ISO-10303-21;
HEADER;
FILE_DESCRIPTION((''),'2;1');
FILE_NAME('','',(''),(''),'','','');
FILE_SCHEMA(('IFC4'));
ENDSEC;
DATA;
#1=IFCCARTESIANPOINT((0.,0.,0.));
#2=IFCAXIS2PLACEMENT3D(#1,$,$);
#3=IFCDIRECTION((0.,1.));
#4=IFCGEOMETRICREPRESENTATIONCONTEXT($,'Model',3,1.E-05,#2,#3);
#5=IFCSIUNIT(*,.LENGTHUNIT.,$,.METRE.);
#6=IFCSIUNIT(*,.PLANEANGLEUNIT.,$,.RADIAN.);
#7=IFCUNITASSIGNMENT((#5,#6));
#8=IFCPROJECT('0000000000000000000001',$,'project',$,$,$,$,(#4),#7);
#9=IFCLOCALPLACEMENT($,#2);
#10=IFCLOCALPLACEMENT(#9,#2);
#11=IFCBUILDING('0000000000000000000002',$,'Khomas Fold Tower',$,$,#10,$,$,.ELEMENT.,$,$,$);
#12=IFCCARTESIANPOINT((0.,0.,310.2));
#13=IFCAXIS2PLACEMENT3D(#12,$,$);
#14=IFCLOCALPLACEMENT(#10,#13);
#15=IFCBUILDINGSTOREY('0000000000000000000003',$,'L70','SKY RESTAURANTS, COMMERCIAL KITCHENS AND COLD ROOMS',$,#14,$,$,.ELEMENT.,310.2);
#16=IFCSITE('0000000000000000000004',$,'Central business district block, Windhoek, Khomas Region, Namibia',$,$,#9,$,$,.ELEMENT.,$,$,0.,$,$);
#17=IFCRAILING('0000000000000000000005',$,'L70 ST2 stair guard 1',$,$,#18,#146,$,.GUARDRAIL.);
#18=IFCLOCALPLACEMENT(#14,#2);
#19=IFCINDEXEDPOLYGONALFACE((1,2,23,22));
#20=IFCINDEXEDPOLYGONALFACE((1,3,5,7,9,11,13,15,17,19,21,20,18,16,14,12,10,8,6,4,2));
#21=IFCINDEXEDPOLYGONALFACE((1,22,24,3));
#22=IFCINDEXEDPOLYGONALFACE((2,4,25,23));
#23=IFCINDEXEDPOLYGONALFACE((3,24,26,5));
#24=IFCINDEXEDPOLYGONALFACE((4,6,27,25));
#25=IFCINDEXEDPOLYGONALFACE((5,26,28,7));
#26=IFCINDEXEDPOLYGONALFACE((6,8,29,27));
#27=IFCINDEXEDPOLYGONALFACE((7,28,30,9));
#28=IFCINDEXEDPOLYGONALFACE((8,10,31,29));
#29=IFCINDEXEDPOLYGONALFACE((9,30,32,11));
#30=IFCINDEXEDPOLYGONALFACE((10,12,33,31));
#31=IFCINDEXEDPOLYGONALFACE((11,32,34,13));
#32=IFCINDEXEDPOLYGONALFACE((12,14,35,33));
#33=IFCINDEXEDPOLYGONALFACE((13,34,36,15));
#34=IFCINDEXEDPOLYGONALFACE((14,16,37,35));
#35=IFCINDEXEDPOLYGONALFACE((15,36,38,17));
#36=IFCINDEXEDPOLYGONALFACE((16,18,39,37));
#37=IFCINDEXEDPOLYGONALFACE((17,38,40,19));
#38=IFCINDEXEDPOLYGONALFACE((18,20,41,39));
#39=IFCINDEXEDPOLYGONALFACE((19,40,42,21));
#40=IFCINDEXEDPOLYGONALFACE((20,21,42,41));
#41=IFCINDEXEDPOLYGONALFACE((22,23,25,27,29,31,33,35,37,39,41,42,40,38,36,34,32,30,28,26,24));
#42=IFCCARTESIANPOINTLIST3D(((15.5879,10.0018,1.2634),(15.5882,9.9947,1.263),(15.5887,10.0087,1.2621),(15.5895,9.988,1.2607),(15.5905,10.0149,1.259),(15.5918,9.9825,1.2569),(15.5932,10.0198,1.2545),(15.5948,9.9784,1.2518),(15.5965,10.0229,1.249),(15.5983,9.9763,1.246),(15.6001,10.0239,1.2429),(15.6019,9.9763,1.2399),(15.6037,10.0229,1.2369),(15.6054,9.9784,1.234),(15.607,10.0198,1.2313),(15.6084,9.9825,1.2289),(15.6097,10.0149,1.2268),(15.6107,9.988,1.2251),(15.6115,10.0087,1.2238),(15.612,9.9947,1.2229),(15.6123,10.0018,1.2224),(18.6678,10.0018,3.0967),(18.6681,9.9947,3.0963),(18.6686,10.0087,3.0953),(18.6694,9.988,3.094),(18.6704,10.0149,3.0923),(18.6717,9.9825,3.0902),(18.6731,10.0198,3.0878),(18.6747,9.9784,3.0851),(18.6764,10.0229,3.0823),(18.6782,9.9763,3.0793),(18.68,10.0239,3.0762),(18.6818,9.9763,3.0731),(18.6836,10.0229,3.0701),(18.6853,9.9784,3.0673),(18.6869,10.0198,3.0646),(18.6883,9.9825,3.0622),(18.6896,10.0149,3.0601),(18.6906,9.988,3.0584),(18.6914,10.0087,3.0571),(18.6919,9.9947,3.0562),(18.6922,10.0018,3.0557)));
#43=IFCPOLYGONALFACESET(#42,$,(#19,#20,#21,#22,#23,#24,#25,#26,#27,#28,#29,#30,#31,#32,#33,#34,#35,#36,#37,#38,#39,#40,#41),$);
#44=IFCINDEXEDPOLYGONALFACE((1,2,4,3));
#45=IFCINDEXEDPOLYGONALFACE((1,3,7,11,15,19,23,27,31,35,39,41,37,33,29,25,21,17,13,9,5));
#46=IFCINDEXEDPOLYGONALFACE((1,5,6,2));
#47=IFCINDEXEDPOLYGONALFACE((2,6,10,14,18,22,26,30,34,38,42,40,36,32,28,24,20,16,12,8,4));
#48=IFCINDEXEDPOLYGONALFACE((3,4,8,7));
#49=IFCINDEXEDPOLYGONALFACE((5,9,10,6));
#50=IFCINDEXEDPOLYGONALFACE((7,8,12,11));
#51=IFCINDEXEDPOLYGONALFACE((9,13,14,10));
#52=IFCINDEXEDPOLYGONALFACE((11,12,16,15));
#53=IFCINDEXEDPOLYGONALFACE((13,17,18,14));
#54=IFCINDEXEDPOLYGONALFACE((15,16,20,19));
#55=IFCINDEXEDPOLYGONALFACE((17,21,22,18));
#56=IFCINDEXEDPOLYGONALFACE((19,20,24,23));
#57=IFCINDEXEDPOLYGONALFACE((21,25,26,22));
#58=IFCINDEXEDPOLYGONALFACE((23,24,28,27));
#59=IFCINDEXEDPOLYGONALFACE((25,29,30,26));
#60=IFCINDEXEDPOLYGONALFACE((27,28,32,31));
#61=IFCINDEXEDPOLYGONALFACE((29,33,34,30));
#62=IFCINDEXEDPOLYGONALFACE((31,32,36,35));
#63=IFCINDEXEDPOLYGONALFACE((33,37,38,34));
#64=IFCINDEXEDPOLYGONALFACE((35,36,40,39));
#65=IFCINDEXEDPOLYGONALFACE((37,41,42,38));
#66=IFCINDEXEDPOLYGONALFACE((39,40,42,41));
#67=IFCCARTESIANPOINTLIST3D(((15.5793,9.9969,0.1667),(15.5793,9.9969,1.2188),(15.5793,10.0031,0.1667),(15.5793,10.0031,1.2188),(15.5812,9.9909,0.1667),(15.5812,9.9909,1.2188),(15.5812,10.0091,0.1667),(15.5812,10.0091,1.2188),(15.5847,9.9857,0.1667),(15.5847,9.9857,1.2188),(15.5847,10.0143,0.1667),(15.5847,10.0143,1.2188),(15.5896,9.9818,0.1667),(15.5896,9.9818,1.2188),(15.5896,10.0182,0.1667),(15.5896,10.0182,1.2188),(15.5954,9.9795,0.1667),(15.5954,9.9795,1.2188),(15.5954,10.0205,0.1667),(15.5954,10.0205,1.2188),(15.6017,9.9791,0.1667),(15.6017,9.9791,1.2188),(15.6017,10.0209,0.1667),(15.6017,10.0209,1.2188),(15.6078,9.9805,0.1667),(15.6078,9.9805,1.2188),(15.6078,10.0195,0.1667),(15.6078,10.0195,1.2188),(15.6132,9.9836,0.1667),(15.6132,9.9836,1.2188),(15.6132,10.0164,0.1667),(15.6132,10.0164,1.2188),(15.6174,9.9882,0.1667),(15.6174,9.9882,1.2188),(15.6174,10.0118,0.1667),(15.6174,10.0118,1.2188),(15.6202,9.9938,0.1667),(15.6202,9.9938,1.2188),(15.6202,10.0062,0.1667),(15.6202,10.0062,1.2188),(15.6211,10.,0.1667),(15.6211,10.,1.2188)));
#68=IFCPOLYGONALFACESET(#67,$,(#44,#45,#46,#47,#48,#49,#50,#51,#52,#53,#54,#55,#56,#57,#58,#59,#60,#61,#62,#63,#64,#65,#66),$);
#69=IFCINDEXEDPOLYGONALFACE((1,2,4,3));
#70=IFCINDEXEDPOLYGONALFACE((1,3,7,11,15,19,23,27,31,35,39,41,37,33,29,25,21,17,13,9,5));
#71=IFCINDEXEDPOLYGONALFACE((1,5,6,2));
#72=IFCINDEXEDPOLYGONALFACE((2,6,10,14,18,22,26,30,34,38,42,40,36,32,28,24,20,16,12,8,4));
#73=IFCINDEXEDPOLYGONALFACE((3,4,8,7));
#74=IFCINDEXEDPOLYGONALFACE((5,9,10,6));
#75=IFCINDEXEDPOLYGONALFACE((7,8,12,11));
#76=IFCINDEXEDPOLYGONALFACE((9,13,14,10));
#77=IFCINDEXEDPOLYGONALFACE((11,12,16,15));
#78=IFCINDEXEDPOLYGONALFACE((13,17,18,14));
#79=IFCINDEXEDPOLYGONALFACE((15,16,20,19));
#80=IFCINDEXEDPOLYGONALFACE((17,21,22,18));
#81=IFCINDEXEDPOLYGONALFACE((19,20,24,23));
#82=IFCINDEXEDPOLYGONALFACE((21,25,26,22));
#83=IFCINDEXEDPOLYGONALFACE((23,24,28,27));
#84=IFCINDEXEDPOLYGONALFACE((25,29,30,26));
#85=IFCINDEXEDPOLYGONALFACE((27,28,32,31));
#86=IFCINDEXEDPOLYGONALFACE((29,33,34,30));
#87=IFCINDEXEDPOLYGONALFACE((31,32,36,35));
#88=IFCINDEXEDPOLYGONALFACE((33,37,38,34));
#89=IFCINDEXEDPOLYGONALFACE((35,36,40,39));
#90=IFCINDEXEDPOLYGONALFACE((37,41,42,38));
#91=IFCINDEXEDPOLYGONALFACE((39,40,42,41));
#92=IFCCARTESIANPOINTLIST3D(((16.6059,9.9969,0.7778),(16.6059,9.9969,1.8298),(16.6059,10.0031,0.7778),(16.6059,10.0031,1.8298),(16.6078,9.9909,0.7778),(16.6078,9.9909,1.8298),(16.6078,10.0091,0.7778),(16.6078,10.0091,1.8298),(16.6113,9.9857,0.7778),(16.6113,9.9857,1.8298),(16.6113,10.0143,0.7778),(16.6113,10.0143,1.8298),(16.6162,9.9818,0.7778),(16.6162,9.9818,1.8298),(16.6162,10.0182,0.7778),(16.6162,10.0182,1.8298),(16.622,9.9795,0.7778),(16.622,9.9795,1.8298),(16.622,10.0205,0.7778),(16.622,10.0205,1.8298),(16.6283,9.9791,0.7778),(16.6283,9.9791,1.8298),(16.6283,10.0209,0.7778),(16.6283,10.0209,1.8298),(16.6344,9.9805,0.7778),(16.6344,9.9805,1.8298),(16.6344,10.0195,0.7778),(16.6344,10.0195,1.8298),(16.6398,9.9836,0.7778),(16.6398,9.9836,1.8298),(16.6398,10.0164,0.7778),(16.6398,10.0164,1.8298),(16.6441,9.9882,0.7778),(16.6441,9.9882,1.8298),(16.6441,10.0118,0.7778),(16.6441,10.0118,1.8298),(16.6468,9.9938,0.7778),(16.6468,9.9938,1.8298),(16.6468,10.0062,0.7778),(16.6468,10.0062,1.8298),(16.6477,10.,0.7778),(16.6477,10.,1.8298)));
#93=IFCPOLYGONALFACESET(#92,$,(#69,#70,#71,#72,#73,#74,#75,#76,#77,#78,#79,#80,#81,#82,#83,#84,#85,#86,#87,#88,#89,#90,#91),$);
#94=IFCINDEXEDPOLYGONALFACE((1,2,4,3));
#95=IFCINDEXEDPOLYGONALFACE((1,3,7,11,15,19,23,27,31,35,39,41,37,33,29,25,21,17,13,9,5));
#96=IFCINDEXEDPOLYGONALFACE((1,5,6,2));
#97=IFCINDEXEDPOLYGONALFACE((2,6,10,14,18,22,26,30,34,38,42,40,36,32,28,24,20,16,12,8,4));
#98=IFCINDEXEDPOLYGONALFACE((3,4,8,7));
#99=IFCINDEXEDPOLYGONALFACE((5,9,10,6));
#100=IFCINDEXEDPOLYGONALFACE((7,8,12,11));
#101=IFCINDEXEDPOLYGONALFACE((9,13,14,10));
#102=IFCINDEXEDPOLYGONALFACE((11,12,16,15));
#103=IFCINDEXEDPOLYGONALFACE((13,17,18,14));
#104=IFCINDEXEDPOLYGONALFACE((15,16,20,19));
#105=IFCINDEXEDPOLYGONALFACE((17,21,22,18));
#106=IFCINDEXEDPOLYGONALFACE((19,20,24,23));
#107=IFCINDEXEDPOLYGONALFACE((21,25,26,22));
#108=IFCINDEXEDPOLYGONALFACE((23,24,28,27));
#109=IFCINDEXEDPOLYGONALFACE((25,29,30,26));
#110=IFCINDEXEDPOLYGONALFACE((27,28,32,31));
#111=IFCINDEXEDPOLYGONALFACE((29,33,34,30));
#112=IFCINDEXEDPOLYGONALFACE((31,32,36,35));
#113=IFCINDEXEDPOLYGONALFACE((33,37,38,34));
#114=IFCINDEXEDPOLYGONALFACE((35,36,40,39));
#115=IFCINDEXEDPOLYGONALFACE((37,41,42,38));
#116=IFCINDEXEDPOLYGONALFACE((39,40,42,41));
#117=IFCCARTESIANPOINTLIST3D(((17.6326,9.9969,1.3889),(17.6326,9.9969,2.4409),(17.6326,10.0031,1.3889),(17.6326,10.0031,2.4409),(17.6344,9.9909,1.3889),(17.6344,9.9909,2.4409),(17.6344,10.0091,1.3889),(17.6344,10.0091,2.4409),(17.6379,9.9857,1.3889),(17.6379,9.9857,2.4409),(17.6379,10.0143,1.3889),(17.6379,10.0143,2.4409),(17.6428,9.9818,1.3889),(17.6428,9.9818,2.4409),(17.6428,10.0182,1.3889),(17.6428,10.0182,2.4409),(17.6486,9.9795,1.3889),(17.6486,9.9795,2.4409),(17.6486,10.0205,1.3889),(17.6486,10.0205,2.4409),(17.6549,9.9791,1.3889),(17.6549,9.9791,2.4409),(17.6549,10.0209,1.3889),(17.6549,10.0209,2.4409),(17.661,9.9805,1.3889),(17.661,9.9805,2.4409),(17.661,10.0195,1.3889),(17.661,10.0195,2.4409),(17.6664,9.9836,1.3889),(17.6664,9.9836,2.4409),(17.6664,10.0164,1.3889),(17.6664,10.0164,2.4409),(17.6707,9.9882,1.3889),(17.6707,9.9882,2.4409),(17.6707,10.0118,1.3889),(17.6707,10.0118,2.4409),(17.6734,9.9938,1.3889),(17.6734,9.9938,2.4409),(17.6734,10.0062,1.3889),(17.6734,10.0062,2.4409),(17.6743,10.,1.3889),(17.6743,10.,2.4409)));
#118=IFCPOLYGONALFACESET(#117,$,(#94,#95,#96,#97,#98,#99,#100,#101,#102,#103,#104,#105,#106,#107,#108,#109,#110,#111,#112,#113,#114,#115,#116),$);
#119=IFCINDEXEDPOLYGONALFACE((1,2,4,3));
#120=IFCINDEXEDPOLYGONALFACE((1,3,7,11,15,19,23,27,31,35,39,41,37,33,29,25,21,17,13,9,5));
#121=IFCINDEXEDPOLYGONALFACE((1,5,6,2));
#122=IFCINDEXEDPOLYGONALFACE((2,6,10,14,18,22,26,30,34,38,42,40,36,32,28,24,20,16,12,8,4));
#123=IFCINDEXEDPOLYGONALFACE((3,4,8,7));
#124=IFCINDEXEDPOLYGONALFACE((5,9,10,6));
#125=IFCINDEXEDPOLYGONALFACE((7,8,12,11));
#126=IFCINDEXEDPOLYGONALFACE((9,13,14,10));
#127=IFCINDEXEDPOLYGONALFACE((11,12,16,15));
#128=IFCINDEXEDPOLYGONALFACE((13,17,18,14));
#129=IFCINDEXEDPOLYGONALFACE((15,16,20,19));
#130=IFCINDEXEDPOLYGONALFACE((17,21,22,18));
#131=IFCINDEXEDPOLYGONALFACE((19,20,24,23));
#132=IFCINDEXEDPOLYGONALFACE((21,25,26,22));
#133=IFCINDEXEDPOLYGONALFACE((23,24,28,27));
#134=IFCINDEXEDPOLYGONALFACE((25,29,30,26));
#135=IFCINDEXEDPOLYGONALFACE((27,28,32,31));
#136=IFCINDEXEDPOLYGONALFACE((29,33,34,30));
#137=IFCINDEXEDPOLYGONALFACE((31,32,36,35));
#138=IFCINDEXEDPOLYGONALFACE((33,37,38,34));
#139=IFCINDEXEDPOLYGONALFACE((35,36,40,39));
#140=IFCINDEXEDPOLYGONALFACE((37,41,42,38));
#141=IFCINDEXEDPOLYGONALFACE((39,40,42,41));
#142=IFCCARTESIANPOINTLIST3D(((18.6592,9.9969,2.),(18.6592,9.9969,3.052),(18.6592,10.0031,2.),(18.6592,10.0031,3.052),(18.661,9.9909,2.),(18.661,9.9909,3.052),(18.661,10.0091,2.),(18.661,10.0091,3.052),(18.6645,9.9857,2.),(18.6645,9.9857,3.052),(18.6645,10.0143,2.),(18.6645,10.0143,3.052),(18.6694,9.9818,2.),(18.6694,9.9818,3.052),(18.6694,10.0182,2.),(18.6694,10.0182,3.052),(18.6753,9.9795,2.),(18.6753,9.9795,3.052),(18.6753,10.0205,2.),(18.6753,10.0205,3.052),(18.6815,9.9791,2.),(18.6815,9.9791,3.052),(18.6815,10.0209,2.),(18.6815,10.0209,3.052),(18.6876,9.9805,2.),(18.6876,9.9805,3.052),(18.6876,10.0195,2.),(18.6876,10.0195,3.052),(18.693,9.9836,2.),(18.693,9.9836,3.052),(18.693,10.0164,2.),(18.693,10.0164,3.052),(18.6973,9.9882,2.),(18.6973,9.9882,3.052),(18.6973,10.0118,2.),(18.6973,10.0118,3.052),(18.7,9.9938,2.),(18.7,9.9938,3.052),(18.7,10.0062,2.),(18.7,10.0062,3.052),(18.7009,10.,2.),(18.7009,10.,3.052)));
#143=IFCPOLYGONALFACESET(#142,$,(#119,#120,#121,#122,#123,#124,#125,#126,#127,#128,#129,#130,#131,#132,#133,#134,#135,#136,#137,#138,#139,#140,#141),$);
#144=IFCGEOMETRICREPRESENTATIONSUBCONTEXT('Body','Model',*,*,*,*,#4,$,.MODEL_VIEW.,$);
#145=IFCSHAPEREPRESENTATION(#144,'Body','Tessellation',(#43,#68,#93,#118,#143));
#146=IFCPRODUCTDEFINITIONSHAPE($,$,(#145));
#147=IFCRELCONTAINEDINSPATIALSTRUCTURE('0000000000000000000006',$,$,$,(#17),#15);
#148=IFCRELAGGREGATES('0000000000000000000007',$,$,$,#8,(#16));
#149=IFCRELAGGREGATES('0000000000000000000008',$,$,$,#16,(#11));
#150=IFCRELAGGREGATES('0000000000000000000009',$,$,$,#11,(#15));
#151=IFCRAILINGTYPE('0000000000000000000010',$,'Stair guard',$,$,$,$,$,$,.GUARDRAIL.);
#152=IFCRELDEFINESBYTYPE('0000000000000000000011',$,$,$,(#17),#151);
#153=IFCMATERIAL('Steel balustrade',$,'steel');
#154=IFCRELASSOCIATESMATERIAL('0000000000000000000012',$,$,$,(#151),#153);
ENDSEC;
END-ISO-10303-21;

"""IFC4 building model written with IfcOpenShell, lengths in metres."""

from ifc_helpers import new_model, si_unit, direction, frame, origin, origin_2d, place, context, subcontext, project, spatial, circle, extrude, source, transform, mapped, material, type_object, element, save


model = new_model("IFC4")

# Units and contexts
model_context = context("Model", 3, precision=1e-05, world=origin(), true_north=direction((0.0, 1.0)))
body_context = subcontext(model_context, "Body", "Model", "MODEL_VIEW")
ifc_project = project(units=[si_unit("LENGTHUNIT", "METRE"), si_unit("PLANEANGLEUNIT", "RADIAN")], contexts=[model_context])

# Site, building, storey
site_placement = place(None, origin())
site = spatial("IfcSite", under=ifc_project, at=site_placement, Name="Central business district block, Windhoek, Khomas Region, Namibia", CompositionType="ELEMENT", RefElevation=0.0)
building_placement = place(site_placement, origin())
building = spatial("IfcBuilding", under=site, at=building_placement, Name="Khomas Fold Tower", CompositionType="ELEMENT")
storey_placement = place(building_placement, frame((0.0, 0.0, 310.2)))
storey = spatial("IfcBuildingStorey", under=building, at=storey_placement, Name="L70", Description="SKY RESTAURANTS, COMMERCIAL KITCHENS AND COLD ROOMS", CompositionType="ELEMENT", Elevation=310.2)

# Railing
ifc_material_1 = material(Name="Steel balustrade", Category="steel")
railing_type_1 = type_object("IfcRailingType", Name="Stair guard", PredefinedType="GUARDRAIL", material=ifc_material_1)
shared_shape_1 = source(origin(), body_context, "Body", "SweptSolid", [
    extrude(circle(Radius=0.0239, at=origin_2d()), frame((0.0, 0.0, 1.0762), z_axis=(0.859291, 0.0, 0.511487), x_axis=(0.0, 1.0, 0.0)), (0.0, 0.0, 1.0), 3.5842),
    extrude(circle(Radius=0.021, at=origin_2d()), origin(), (0.0, 0.0, 1.0), 1.052),
    extrude(circle(Radius=0.021, at=origin_2d()), frame((1.0266, 0.0, 0.6111)), (0.0, 0.0, 1.0), 1.052),
    extrude(circle(Radius=0.021, at=origin_2d()), frame((2.0532, 0.0, 1.2222)), (0.0, 0.0, 1.0), 1.052),
    extrude(circle(Radius=0.021, at=origin_2d()), frame((3.0798, 0.0, 1.8333)), (0.0, 0.0, 1.0), 1.052),
])
railing_1_placement = place(storey_placement, frame((15.6001, 10.0, 0.1667)))
element("IfcRailing", 1, at=railing_1_placement, inside=storey, type_object=railing_type_1, Name="L70 ST2 stair guard 1", PredefinedType="GUARDRAIL", context=body_context, shape_type="MappedRepresentation", body=[
    mapped(shared_shape_1, transform((0.0, 0.0, 0.0))),
])

save(model, "model.ifc")
